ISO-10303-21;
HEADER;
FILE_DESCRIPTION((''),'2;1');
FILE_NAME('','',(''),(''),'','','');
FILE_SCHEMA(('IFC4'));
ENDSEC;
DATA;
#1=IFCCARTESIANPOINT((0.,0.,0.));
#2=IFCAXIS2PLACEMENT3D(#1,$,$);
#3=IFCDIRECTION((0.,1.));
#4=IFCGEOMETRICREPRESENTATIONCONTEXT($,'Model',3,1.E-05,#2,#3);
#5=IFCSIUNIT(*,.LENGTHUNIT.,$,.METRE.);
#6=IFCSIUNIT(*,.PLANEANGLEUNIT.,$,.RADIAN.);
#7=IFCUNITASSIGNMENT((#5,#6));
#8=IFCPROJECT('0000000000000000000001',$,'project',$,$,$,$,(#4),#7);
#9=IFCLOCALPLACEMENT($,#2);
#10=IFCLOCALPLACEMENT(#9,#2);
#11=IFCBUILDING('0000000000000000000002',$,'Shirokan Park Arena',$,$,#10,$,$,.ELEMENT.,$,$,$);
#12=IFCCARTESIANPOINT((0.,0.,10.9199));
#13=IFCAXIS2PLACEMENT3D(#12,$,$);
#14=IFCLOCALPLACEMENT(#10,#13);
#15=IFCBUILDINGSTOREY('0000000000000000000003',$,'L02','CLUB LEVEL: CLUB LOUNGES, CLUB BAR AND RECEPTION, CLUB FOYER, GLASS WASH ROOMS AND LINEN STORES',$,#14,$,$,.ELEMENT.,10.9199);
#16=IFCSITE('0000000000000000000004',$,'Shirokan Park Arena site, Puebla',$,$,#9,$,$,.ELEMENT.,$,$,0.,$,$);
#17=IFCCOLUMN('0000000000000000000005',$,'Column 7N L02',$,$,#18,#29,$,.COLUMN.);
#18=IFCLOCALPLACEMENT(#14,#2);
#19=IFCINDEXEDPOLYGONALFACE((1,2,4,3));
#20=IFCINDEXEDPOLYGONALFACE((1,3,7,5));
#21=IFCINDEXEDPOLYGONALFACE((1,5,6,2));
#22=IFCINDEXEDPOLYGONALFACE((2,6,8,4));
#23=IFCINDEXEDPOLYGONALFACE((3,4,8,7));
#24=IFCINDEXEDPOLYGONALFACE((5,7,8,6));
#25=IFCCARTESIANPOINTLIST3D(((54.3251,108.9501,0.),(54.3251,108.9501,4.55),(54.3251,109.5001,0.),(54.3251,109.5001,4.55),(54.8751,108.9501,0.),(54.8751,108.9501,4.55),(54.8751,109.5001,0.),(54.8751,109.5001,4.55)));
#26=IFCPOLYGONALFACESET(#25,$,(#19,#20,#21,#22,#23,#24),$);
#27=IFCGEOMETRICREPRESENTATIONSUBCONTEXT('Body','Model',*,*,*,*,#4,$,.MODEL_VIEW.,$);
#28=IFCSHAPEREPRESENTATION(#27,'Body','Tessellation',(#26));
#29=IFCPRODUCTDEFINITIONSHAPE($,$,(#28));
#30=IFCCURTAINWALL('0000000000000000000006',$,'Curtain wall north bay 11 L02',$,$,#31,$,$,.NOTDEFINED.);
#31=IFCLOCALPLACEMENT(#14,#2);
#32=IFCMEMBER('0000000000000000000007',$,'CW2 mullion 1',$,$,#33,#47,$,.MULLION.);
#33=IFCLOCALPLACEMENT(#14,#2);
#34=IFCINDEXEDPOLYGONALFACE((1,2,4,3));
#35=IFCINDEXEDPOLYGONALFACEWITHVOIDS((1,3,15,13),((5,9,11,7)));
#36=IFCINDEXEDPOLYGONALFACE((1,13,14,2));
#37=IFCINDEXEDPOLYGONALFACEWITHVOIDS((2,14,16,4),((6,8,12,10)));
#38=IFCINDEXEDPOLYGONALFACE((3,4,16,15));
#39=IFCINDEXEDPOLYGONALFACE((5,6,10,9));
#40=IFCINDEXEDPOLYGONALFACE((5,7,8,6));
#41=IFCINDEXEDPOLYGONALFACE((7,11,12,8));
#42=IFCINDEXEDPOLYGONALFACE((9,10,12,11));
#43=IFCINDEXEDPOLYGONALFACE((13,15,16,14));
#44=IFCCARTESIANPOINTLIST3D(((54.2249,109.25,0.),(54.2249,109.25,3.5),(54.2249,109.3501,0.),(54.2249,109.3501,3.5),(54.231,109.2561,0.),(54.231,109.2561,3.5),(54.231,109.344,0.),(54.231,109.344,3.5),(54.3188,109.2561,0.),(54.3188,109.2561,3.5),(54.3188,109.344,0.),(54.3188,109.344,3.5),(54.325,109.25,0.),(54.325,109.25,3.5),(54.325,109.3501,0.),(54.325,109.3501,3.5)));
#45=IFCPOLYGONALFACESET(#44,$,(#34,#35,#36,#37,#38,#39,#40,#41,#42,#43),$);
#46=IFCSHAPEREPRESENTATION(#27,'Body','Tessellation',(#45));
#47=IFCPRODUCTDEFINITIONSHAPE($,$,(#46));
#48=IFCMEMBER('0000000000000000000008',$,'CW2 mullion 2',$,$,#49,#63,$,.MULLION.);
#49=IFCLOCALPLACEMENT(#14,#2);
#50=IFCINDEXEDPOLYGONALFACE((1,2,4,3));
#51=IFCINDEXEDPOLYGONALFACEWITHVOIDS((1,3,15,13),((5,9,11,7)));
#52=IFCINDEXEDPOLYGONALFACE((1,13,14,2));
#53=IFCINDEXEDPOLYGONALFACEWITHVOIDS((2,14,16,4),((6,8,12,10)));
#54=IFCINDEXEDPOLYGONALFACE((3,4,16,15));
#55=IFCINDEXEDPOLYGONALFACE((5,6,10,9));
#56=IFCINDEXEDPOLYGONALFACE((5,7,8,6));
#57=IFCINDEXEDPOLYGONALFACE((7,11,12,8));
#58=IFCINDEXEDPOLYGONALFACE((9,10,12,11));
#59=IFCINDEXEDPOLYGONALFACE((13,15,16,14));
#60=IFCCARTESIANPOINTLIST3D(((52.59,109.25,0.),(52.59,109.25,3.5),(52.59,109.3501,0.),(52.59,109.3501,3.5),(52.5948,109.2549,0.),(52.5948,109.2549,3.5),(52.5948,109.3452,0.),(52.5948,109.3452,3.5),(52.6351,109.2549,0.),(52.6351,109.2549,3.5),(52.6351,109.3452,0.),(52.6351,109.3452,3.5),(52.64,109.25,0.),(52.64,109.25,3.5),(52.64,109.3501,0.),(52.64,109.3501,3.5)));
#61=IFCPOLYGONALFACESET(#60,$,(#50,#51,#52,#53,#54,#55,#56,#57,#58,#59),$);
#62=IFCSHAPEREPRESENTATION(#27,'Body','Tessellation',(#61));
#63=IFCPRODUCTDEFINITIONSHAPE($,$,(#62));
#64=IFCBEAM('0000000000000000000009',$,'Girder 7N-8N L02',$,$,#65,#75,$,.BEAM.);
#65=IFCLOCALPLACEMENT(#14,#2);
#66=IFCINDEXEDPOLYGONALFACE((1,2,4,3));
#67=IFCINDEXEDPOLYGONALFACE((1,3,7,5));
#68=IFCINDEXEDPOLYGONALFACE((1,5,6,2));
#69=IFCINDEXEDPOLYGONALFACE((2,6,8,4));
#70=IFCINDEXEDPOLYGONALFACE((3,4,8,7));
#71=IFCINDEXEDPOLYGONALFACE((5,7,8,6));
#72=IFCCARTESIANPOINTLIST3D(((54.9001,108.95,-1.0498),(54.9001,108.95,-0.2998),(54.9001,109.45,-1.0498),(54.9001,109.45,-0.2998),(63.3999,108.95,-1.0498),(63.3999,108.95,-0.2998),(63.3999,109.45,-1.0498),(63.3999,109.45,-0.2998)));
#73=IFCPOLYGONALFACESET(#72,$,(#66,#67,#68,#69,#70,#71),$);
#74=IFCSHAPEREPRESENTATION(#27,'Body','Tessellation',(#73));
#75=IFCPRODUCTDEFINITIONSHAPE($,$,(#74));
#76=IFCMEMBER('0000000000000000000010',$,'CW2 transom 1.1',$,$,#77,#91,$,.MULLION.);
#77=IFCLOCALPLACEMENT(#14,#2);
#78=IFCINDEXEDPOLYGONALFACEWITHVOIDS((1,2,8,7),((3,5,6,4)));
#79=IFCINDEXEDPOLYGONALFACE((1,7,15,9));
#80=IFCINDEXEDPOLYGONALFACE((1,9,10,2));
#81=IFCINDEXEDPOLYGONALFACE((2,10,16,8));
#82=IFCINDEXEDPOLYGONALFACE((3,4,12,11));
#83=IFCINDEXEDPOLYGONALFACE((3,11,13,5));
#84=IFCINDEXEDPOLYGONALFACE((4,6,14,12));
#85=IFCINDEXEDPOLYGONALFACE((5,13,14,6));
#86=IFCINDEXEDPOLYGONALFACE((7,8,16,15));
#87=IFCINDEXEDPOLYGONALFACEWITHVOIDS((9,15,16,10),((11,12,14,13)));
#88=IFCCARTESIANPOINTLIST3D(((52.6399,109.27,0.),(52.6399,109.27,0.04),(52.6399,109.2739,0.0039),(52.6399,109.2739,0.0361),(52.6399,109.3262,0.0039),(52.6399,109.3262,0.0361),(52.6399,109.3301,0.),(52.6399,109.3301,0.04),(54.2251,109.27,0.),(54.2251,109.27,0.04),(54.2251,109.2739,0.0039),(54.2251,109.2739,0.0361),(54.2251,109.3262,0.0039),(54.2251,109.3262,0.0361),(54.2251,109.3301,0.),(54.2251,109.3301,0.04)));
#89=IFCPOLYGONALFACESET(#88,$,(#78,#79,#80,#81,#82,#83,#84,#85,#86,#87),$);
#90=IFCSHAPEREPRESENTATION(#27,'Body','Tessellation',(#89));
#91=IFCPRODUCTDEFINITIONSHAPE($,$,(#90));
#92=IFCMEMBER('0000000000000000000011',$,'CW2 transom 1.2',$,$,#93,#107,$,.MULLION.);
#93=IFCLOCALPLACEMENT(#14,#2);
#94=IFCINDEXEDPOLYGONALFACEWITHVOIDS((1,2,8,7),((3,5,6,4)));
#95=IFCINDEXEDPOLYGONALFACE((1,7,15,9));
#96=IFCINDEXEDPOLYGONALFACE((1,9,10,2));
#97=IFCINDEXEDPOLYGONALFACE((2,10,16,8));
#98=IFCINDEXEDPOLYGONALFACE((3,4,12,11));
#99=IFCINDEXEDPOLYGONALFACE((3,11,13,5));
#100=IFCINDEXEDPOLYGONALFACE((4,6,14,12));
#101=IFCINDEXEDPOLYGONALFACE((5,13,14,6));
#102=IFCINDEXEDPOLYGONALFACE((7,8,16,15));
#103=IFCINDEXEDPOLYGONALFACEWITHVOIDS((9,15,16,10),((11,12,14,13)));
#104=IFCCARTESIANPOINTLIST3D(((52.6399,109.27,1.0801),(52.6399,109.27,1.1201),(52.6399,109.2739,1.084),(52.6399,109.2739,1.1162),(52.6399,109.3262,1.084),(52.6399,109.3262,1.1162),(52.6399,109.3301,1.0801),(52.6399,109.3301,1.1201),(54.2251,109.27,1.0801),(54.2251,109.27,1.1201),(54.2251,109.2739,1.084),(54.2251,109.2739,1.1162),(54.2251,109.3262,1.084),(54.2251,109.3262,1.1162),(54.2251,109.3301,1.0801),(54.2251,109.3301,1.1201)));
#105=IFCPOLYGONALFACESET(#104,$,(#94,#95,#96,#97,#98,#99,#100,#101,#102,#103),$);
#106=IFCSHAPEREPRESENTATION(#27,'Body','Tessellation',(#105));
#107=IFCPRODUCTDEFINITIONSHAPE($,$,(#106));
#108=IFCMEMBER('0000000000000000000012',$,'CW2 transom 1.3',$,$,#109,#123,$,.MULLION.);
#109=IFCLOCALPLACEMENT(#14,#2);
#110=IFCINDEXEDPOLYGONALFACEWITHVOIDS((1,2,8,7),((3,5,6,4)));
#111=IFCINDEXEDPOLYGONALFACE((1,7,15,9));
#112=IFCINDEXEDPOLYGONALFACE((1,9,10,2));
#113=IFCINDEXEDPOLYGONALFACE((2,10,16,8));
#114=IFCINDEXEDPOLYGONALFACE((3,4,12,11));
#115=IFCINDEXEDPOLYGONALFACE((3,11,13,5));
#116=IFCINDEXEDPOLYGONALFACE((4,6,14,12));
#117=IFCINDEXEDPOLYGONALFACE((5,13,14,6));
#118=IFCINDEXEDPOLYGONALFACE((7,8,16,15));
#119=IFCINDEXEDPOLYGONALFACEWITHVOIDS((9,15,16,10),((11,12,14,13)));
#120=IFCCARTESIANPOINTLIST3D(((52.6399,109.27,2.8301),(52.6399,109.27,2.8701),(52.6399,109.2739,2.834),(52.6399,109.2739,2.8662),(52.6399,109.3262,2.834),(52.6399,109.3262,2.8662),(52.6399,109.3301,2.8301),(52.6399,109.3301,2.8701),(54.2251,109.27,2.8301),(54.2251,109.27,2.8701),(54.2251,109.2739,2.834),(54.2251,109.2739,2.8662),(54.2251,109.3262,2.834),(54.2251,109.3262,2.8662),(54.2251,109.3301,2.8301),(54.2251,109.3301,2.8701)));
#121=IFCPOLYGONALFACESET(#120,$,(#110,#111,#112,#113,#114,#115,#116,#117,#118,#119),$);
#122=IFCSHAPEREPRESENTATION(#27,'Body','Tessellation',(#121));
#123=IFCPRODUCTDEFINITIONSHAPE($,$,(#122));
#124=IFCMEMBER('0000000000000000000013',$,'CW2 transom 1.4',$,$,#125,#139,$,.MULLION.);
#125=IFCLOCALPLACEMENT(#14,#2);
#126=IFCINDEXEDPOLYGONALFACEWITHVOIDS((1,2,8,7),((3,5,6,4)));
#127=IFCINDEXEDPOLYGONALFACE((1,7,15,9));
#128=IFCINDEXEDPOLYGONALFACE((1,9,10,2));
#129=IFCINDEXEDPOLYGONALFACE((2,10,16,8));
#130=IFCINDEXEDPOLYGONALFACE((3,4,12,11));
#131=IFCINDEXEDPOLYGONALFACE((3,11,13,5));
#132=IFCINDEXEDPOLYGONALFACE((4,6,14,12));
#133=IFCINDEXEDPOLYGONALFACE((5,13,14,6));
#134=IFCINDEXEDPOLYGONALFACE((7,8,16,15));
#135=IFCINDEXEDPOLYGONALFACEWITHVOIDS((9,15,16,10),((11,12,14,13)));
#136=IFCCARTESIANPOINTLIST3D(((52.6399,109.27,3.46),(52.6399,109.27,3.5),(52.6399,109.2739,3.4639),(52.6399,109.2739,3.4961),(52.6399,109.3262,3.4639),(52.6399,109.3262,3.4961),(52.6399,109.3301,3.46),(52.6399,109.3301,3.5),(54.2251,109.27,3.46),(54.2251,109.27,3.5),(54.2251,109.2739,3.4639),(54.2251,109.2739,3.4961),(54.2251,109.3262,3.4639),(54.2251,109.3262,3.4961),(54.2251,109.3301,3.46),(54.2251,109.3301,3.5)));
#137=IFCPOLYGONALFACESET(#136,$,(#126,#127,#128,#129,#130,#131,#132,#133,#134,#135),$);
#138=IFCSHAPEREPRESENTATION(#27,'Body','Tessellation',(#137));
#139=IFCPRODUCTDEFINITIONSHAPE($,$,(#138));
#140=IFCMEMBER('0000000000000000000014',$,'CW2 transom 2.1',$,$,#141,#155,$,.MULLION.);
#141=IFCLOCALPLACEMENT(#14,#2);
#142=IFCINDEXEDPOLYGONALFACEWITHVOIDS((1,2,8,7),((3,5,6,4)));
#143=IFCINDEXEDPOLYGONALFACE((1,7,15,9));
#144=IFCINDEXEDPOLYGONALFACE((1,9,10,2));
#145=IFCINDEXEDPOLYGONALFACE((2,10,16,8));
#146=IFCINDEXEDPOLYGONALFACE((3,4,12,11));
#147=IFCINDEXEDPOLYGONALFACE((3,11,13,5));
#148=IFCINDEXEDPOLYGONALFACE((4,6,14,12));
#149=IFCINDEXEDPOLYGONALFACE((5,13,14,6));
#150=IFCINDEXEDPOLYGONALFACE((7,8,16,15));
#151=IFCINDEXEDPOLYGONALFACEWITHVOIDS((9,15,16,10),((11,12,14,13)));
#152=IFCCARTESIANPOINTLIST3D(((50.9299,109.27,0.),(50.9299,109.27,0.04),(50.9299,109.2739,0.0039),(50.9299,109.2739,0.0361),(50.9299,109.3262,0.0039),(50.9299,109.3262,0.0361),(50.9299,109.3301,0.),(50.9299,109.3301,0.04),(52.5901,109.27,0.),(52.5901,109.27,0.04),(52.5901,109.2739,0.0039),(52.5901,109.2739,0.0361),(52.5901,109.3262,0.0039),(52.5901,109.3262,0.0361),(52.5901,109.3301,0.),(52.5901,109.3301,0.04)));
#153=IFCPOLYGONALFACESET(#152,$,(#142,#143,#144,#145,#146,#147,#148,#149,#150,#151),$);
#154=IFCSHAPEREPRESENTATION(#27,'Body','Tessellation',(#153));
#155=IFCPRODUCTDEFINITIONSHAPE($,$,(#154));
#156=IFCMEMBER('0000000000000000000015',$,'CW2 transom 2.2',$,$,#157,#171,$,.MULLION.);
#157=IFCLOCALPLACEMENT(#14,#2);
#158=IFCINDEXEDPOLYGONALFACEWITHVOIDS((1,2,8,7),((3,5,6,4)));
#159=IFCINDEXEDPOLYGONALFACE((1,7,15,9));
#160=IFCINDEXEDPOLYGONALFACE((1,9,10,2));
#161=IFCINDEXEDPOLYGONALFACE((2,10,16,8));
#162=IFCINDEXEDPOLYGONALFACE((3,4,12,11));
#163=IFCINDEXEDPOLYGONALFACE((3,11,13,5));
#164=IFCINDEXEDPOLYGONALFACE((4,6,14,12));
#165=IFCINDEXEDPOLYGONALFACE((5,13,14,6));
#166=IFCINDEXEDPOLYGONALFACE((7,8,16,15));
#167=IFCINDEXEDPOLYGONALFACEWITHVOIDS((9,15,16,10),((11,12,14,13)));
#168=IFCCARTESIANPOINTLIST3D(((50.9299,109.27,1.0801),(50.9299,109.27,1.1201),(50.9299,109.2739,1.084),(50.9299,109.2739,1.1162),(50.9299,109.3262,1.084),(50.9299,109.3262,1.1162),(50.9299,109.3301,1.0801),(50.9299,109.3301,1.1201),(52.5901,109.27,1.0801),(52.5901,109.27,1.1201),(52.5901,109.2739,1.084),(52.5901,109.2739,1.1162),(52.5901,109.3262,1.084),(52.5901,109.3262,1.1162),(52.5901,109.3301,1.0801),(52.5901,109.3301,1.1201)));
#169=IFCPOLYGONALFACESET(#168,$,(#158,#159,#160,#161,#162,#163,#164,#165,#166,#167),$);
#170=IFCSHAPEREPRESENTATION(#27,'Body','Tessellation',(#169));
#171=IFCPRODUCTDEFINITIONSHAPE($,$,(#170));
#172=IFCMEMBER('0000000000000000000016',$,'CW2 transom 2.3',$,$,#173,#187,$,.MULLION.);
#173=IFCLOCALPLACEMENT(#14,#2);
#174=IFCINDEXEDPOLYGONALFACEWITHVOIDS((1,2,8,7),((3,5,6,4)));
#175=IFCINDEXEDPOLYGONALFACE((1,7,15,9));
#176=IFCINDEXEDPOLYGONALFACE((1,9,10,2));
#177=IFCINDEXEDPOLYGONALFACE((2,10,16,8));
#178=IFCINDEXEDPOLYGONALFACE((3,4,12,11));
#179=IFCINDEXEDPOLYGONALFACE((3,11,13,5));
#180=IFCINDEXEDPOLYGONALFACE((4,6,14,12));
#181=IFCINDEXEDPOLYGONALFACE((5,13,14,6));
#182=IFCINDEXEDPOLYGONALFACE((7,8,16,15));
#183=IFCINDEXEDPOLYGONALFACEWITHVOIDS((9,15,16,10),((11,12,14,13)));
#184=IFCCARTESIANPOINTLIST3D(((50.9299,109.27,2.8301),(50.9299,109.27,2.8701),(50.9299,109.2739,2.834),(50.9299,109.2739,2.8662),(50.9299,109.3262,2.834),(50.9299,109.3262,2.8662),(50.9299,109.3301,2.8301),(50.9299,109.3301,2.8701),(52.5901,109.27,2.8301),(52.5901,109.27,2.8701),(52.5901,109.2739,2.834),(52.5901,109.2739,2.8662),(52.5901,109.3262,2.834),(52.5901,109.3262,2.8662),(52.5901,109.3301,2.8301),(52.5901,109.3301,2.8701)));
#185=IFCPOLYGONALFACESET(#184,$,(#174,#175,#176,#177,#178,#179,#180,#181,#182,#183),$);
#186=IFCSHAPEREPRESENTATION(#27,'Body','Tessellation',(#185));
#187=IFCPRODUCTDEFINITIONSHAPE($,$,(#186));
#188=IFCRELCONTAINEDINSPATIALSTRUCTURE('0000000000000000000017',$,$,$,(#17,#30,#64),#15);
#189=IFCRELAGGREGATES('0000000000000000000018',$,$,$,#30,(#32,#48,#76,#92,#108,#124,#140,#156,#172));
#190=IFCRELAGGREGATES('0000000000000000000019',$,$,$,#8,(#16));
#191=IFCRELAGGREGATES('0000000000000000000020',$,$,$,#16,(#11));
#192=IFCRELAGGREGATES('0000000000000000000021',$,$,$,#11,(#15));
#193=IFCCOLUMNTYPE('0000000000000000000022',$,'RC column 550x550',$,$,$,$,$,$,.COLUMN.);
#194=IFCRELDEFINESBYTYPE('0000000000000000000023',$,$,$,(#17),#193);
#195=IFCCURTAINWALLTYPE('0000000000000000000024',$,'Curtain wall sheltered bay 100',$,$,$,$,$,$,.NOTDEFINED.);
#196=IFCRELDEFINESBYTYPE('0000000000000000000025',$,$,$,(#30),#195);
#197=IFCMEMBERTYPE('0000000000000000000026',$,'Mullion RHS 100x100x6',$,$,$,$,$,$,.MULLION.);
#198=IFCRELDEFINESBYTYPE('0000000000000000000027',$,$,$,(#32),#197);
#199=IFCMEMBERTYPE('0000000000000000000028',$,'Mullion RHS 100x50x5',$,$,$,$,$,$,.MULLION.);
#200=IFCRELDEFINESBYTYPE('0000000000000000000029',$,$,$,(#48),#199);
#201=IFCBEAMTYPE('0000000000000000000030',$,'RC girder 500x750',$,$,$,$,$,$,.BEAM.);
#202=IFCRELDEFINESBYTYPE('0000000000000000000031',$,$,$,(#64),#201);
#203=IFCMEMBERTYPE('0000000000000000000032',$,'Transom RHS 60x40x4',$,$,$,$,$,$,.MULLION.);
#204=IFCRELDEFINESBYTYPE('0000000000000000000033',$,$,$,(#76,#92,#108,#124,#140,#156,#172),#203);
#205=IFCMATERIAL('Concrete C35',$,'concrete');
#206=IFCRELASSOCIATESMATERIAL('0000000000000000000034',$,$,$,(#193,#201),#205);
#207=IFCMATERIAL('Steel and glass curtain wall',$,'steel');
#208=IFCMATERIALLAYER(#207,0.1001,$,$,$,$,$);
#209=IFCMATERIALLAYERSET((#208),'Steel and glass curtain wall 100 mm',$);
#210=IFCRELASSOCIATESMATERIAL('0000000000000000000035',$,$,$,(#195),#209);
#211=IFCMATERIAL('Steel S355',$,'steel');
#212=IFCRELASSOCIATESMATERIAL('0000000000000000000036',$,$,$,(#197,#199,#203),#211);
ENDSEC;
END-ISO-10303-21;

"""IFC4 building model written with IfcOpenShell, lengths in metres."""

from ifc_helpers import new_model, si_unit, direction, frame, origin, origin_2d, place, context, subcontext, project, spatial, rectangle, hollow_rectangle, extrude, material, layer, layer_set, material_profile, profile_set, type_object, element, aggregate, save


model = new_model("IFC4")

# Units and contexts
model_context = context("Model", 3, precision=1e-05, world=origin(), true_north=direction((0.0, 1.0)))
body_context = subcontext(model_context, "Body", "Model", "MODEL_VIEW")
ifc_project = project(units=[si_unit("LENGTHUNIT", "METRE"), si_unit("PLANEANGLEUNIT", "RADIAN")], contexts=[model_context])

# Site, building, storey
site_placement = place(None, origin())
site = spatial("IfcSite", under=ifc_project, at=site_placement, Name="Shirokan Park Arena site, Puebla", CompositionType="ELEMENT", RefElevation=0.0)
building_placement = place(site_placement, origin())
building = spatial("IfcBuilding", under=site, at=building_placement, Name="Shirokan Park Arena", CompositionType="ELEMENT")
storey_placement = place(building_placement, frame((0.0, 0.0, 10.9199)))
storey = spatial("IfcBuildingStorey", under=building, at=storey_placement, Name="L02", Description="CLUB LEVEL: CLUB LOUNGES, CLUB BAR AND RECEPTION, CLUB FOYER, GLASS WASH ROOMS AND LINEN STORES", CompositionType="ELEMENT", Elevation=10.9199)

# Column
ifc_material_1 = material(Name="Concrete C35", Category="concrete")
ifc_material_profile_1 = material_profile(ifc_material_1, rectangle(XDim=0.55, YDim=0.55, at=origin_2d()), Name="550x550")
ifc_profile_set_1 = profile_set([ifc_material_profile_1], Name="Concrete C35")
column_type = type_object("IfcColumnType", Name="RC column 550x550", PredefinedType="COLUMN", material=ifc_profile_set_1)
column_placement = place(storey_placement, frame((54.6001, 109.2251, 0.0), z_axis=(0.0, 0.0, 1.0), x_axis=(1.0, 0.0, 0.0)))
element("IfcColumn", 1, at=column_placement, inside=storey, type_object=column_type, Name="Column 7N L02", PredefinedType="COLUMN", context=body_context, shape_type="SweptSolid", body=[
    extrude(rectangle(XDim=0.55, YDim=0.55, at=origin_2d()), origin(), (0.0, 0.0, 1.0), 4.55),
])

# Curtain wall, members
ifc_material_2 = material(Name="Steel and glass curtain wall", Category="steel")
ifc_layer_1 = layer(ifc_material_2, 0.1001)
ifc_layer_set_1 = layer_set([ifc_layer_1], Name="Steel and glass curtain wall 100 mm")
curtain_wall_type_1 = type_object("IfcCurtainWallType", Name="Curtain wall sheltered bay 100", PredefinedType="NOTDEFINED", material=ifc_layer_set_1)
curtain_wall_1_placement = place(storey_placement, origin())
curtain_wall_1 = element("IfcCurtainWall", 2, at=curtain_wall_1_placement, inside=storey, type_object=curtain_wall_type_1, Name="Curtain wall north bay 11 L02", PredefinedType="NOTDEFINED")
ifc_material_3 = material(Name="Steel S355", Category="steel")
ifc_material_profile_2 = material_profile(ifc_material_3, hollow_rectangle(XDim=0.1001, YDim=0.1001, WallThickness=0.0061, at=origin_2d()), Name="RHS 100x100x6")
ifc_profile_set_2 = profile_set([ifc_material_profile_2], Name="Steel S355")
member_type_1 = type_object("IfcMemberType", Name="Mullion RHS 100x100x6", PredefinedType="MULLION", material=ifc_profile_set_2)
member_1_placement = place(storey_placement, frame((54.2749, 109.3, 0.0), z_axis=(0.0, 0.0, 1.0), x_axis=(0.0, -1.0, 0.0)))
member_1 = element("IfcMember", 3, at=member_1_placement, type_object=member_type_1, Name="CW2 mullion 1", PredefinedType="MULLION", context=body_context, shape_type="SweptSolid", body=[
    extrude(hollow_rectangle(XDim=0.1001, YDim=0.1001, WallThickness=0.0061, at=origin_2d()), origin(), (0.0, 0.0, 1.0), 3.5),
])
ifc_material_profile_3 = material_profile(ifc_material_3, hollow_rectangle(XDim=0.1001, YDim=0.05, WallThickness=0.0049, at=origin_2d()), Name="RHS 100x50x5")
ifc_profile_set_3 = profile_set([ifc_material_profile_3], Name="Steel S355")
member_type_2 = type_object("IfcMemberType", Name="Mullion RHS 100x50x5", PredefinedType="MULLION", material=ifc_profile_set_3)
member_2_placement = place(storey_placement, frame((52.615, 109.3, 0.0), z_axis=(0.0, 0.0, 1.0), x_axis=(0.0, -1.0, 0.0)))
member_2 = element("IfcMember", 4, at=member_2_placement, type_object=member_type_2, Name="CW2 mullion 2", PredefinedType="MULLION", context=body_context, shape_type="SweptSolid", body=[
    extrude(hollow_rectangle(XDim=0.1001, YDim=0.05, WallThickness=0.0049, at=origin_2d()), origin(), (0.0, 0.0, 1.0), 3.5),
])

# Beam
ifc_material_profile_4 = material_profile(ifc_material_1, rectangle(XDim=0.5, YDim=0.75, at=origin_2d()), Name="500x750")
ifc_profile_set_4 = profile_set([ifc_material_profile_4], Name="Concrete C35")
beam_type = type_object("IfcBeamType", Name="RC girder 500x750", PredefinedType="BEAM", material=ifc_profile_set_4)
beam_placement = place(storey_placement, frame((54.9001, 109.2, -0.6748), z_axis=(1.0, 0.0, 0.0), x_axis=(0.0, 1.0, 0.0)))
element("IfcBeam", 5, at=beam_placement, inside=storey, type_object=beam_type, Name="Girder 7N-8N L02", PredefinedType="BEAM", context=body_context, shape_type="SweptSolid", body=[
    extrude(rectangle(XDim=0.5, YDim=0.75, at=origin_2d()), origin(), (0.0, 0.0, 1.0), 8.4998),
])

# Members
ifc_material_profile_5 = material_profile(ifc_material_3, hollow_rectangle(XDim=0.0601, YDim=0.04, WallThickness=0.0039, at=origin_2d()), Name="RHS 60x40x4")
ifc_profile_set_5 = profile_set([ifc_material_profile_5], Name="Steel S355")
member_type_3 = type_object("IfcMemberType", Name="Transom RHS 60x40x4", PredefinedType="MULLION", material=ifc_profile_set_5)
member_3_placement = place(storey_placement, frame((54.2251, 109.3, 0.02), z_axis=(-1.0, 0.0, 0.0), x_axis=(0.0, -1.0, 0.0)))
member_3 = element("IfcMember", 6, at=member_3_placement, type_object=member_type_3, Name="CW2 transom 1.1", PredefinedType="MULLION", context=body_context, shape_type="SweptSolid", body=[
    extrude(hollow_rectangle(XDim=0.0601, YDim=0.04, WallThickness=0.0039, at=origin_2d()), origin(), (0.0, 0.0, 1.0), 1.5852),
])
member_4_placement = place(storey_placement, frame((54.2251, 109.3, 1.1001), z_axis=(-1.0, 0.0, 0.0), x_axis=(0.0, -1.0, 0.0)))
member_4 = element("IfcMember", 7, at=member_4_placement, type_object=member_type_3, Name="CW2 transom 1.2", PredefinedType="MULLION", context=body_context, shape_type="SweptSolid", body=[
    extrude(hollow_rectangle(XDim=0.0601, YDim=0.04, WallThickness=0.0039, at=origin_2d()), origin(), (0.0, 0.0, 1.0), 1.5852),
])
member_5_placement = place(storey_placement, frame((54.2251, 109.3, 2.8501), z_axis=(-1.0, 0.0, 0.0), x_axis=(0.0, -1.0, 0.0)))
member_5 = element("IfcMember", 8, at=member_5_placement, type_object=member_type_3, Name="CW2 transom 1.3", PredefinedType="MULLION", context=body_context, shape_type="SweptSolid", body=[
    extrude(hollow_rectangle(XDim=0.0601, YDim=0.04, WallThickness=0.0039, at=origin_2d()), origin(), (0.0, 0.0, 1.0), 1.5852),
])
member_6_placement = place(storey_placement, frame((54.2251, 109.3, 3.48), z_axis=(-1.0, 0.0, 0.0), x_axis=(0.0, -1.0, 0.0)))
member_6 = element("IfcMember", 9, at=member_6_placement, type_object=member_type_3, Name="CW2 transom 1.4", PredefinedType="MULLION", context=body_context, shape_type="SweptSolid", body=[
    extrude(hollow_rectangle(XDim=0.0601, YDim=0.04, WallThickness=0.0039, at=origin_2d()), origin(), (0.0, 0.0, 1.0), 1.5852),
])
member_7_placement = place(storey_placement, frame((52.5901, 109.3, 0.02), z_axis=(-1.0, 0.0, 0.0), x_axis=(0.0, -1.0, 0.0)))
member_7 = element("IfcMember", 10, at=member_7_placement, type_object=member_type_3, Name="CW2 transom 2.1", PredefinedType="MULLION", context=body_context, shape_type="SweptSolid", body=[
    extrude(hollow_rectangle(XDim=0.0601, YDim=0.04, WallThickness=0.0039, at=origin_2d()), origin(), (0.0, 0.0, 1.0), 1.6602),
])
member_8_placement = place(storey_placement, frame((52.5901, 109.3, 1.1001), z_axis=(-1.0, 0.0, 0.0), x_axis=(0.0, -1.0, 0.0)))
member_8 = element("IfcMember", 11, at=member_8_placement, type_object=member_type_3, Name="CW2 transom 2.2", PredefinedType="MULLION", context=body_context, shape_type="SweptSolid", body=[
    extrude(hollow_rectangle(XDim=0.0601, YDim=0.04, WallThickness=0.0039, at=origin_2d()), origin(), (0.0, 0.0, 1.0), 1.6602),
])
member_9_placement = place(storey_placement, frame((52.5901, 109.3, 2.8501), z_axis=(-1.0, 0.0, 0.0), x_axis=(0.0, -1.0, 0.0)))
member_9 = element("IfcMember", 12, at=member_9_placement, type_object=member_type_3, Name="CW2 transom 2.3", PredefinedType="MULLION", context=body_context, shape_type="SweptSolid", body=[
    extrude(hollow_rectangle(XDim=0.0601, YDim=0.04, WallThickness=0.0039, at=origin_2d()), origin(), (0.0, 0.0, 1.0), 1.6602),
])

aggregate(curtain_wall_1, [member_1, member_2, member_3, member_4, member_5, member_6, member_7, member_8, member_9])

save(model, "model.ifc")
